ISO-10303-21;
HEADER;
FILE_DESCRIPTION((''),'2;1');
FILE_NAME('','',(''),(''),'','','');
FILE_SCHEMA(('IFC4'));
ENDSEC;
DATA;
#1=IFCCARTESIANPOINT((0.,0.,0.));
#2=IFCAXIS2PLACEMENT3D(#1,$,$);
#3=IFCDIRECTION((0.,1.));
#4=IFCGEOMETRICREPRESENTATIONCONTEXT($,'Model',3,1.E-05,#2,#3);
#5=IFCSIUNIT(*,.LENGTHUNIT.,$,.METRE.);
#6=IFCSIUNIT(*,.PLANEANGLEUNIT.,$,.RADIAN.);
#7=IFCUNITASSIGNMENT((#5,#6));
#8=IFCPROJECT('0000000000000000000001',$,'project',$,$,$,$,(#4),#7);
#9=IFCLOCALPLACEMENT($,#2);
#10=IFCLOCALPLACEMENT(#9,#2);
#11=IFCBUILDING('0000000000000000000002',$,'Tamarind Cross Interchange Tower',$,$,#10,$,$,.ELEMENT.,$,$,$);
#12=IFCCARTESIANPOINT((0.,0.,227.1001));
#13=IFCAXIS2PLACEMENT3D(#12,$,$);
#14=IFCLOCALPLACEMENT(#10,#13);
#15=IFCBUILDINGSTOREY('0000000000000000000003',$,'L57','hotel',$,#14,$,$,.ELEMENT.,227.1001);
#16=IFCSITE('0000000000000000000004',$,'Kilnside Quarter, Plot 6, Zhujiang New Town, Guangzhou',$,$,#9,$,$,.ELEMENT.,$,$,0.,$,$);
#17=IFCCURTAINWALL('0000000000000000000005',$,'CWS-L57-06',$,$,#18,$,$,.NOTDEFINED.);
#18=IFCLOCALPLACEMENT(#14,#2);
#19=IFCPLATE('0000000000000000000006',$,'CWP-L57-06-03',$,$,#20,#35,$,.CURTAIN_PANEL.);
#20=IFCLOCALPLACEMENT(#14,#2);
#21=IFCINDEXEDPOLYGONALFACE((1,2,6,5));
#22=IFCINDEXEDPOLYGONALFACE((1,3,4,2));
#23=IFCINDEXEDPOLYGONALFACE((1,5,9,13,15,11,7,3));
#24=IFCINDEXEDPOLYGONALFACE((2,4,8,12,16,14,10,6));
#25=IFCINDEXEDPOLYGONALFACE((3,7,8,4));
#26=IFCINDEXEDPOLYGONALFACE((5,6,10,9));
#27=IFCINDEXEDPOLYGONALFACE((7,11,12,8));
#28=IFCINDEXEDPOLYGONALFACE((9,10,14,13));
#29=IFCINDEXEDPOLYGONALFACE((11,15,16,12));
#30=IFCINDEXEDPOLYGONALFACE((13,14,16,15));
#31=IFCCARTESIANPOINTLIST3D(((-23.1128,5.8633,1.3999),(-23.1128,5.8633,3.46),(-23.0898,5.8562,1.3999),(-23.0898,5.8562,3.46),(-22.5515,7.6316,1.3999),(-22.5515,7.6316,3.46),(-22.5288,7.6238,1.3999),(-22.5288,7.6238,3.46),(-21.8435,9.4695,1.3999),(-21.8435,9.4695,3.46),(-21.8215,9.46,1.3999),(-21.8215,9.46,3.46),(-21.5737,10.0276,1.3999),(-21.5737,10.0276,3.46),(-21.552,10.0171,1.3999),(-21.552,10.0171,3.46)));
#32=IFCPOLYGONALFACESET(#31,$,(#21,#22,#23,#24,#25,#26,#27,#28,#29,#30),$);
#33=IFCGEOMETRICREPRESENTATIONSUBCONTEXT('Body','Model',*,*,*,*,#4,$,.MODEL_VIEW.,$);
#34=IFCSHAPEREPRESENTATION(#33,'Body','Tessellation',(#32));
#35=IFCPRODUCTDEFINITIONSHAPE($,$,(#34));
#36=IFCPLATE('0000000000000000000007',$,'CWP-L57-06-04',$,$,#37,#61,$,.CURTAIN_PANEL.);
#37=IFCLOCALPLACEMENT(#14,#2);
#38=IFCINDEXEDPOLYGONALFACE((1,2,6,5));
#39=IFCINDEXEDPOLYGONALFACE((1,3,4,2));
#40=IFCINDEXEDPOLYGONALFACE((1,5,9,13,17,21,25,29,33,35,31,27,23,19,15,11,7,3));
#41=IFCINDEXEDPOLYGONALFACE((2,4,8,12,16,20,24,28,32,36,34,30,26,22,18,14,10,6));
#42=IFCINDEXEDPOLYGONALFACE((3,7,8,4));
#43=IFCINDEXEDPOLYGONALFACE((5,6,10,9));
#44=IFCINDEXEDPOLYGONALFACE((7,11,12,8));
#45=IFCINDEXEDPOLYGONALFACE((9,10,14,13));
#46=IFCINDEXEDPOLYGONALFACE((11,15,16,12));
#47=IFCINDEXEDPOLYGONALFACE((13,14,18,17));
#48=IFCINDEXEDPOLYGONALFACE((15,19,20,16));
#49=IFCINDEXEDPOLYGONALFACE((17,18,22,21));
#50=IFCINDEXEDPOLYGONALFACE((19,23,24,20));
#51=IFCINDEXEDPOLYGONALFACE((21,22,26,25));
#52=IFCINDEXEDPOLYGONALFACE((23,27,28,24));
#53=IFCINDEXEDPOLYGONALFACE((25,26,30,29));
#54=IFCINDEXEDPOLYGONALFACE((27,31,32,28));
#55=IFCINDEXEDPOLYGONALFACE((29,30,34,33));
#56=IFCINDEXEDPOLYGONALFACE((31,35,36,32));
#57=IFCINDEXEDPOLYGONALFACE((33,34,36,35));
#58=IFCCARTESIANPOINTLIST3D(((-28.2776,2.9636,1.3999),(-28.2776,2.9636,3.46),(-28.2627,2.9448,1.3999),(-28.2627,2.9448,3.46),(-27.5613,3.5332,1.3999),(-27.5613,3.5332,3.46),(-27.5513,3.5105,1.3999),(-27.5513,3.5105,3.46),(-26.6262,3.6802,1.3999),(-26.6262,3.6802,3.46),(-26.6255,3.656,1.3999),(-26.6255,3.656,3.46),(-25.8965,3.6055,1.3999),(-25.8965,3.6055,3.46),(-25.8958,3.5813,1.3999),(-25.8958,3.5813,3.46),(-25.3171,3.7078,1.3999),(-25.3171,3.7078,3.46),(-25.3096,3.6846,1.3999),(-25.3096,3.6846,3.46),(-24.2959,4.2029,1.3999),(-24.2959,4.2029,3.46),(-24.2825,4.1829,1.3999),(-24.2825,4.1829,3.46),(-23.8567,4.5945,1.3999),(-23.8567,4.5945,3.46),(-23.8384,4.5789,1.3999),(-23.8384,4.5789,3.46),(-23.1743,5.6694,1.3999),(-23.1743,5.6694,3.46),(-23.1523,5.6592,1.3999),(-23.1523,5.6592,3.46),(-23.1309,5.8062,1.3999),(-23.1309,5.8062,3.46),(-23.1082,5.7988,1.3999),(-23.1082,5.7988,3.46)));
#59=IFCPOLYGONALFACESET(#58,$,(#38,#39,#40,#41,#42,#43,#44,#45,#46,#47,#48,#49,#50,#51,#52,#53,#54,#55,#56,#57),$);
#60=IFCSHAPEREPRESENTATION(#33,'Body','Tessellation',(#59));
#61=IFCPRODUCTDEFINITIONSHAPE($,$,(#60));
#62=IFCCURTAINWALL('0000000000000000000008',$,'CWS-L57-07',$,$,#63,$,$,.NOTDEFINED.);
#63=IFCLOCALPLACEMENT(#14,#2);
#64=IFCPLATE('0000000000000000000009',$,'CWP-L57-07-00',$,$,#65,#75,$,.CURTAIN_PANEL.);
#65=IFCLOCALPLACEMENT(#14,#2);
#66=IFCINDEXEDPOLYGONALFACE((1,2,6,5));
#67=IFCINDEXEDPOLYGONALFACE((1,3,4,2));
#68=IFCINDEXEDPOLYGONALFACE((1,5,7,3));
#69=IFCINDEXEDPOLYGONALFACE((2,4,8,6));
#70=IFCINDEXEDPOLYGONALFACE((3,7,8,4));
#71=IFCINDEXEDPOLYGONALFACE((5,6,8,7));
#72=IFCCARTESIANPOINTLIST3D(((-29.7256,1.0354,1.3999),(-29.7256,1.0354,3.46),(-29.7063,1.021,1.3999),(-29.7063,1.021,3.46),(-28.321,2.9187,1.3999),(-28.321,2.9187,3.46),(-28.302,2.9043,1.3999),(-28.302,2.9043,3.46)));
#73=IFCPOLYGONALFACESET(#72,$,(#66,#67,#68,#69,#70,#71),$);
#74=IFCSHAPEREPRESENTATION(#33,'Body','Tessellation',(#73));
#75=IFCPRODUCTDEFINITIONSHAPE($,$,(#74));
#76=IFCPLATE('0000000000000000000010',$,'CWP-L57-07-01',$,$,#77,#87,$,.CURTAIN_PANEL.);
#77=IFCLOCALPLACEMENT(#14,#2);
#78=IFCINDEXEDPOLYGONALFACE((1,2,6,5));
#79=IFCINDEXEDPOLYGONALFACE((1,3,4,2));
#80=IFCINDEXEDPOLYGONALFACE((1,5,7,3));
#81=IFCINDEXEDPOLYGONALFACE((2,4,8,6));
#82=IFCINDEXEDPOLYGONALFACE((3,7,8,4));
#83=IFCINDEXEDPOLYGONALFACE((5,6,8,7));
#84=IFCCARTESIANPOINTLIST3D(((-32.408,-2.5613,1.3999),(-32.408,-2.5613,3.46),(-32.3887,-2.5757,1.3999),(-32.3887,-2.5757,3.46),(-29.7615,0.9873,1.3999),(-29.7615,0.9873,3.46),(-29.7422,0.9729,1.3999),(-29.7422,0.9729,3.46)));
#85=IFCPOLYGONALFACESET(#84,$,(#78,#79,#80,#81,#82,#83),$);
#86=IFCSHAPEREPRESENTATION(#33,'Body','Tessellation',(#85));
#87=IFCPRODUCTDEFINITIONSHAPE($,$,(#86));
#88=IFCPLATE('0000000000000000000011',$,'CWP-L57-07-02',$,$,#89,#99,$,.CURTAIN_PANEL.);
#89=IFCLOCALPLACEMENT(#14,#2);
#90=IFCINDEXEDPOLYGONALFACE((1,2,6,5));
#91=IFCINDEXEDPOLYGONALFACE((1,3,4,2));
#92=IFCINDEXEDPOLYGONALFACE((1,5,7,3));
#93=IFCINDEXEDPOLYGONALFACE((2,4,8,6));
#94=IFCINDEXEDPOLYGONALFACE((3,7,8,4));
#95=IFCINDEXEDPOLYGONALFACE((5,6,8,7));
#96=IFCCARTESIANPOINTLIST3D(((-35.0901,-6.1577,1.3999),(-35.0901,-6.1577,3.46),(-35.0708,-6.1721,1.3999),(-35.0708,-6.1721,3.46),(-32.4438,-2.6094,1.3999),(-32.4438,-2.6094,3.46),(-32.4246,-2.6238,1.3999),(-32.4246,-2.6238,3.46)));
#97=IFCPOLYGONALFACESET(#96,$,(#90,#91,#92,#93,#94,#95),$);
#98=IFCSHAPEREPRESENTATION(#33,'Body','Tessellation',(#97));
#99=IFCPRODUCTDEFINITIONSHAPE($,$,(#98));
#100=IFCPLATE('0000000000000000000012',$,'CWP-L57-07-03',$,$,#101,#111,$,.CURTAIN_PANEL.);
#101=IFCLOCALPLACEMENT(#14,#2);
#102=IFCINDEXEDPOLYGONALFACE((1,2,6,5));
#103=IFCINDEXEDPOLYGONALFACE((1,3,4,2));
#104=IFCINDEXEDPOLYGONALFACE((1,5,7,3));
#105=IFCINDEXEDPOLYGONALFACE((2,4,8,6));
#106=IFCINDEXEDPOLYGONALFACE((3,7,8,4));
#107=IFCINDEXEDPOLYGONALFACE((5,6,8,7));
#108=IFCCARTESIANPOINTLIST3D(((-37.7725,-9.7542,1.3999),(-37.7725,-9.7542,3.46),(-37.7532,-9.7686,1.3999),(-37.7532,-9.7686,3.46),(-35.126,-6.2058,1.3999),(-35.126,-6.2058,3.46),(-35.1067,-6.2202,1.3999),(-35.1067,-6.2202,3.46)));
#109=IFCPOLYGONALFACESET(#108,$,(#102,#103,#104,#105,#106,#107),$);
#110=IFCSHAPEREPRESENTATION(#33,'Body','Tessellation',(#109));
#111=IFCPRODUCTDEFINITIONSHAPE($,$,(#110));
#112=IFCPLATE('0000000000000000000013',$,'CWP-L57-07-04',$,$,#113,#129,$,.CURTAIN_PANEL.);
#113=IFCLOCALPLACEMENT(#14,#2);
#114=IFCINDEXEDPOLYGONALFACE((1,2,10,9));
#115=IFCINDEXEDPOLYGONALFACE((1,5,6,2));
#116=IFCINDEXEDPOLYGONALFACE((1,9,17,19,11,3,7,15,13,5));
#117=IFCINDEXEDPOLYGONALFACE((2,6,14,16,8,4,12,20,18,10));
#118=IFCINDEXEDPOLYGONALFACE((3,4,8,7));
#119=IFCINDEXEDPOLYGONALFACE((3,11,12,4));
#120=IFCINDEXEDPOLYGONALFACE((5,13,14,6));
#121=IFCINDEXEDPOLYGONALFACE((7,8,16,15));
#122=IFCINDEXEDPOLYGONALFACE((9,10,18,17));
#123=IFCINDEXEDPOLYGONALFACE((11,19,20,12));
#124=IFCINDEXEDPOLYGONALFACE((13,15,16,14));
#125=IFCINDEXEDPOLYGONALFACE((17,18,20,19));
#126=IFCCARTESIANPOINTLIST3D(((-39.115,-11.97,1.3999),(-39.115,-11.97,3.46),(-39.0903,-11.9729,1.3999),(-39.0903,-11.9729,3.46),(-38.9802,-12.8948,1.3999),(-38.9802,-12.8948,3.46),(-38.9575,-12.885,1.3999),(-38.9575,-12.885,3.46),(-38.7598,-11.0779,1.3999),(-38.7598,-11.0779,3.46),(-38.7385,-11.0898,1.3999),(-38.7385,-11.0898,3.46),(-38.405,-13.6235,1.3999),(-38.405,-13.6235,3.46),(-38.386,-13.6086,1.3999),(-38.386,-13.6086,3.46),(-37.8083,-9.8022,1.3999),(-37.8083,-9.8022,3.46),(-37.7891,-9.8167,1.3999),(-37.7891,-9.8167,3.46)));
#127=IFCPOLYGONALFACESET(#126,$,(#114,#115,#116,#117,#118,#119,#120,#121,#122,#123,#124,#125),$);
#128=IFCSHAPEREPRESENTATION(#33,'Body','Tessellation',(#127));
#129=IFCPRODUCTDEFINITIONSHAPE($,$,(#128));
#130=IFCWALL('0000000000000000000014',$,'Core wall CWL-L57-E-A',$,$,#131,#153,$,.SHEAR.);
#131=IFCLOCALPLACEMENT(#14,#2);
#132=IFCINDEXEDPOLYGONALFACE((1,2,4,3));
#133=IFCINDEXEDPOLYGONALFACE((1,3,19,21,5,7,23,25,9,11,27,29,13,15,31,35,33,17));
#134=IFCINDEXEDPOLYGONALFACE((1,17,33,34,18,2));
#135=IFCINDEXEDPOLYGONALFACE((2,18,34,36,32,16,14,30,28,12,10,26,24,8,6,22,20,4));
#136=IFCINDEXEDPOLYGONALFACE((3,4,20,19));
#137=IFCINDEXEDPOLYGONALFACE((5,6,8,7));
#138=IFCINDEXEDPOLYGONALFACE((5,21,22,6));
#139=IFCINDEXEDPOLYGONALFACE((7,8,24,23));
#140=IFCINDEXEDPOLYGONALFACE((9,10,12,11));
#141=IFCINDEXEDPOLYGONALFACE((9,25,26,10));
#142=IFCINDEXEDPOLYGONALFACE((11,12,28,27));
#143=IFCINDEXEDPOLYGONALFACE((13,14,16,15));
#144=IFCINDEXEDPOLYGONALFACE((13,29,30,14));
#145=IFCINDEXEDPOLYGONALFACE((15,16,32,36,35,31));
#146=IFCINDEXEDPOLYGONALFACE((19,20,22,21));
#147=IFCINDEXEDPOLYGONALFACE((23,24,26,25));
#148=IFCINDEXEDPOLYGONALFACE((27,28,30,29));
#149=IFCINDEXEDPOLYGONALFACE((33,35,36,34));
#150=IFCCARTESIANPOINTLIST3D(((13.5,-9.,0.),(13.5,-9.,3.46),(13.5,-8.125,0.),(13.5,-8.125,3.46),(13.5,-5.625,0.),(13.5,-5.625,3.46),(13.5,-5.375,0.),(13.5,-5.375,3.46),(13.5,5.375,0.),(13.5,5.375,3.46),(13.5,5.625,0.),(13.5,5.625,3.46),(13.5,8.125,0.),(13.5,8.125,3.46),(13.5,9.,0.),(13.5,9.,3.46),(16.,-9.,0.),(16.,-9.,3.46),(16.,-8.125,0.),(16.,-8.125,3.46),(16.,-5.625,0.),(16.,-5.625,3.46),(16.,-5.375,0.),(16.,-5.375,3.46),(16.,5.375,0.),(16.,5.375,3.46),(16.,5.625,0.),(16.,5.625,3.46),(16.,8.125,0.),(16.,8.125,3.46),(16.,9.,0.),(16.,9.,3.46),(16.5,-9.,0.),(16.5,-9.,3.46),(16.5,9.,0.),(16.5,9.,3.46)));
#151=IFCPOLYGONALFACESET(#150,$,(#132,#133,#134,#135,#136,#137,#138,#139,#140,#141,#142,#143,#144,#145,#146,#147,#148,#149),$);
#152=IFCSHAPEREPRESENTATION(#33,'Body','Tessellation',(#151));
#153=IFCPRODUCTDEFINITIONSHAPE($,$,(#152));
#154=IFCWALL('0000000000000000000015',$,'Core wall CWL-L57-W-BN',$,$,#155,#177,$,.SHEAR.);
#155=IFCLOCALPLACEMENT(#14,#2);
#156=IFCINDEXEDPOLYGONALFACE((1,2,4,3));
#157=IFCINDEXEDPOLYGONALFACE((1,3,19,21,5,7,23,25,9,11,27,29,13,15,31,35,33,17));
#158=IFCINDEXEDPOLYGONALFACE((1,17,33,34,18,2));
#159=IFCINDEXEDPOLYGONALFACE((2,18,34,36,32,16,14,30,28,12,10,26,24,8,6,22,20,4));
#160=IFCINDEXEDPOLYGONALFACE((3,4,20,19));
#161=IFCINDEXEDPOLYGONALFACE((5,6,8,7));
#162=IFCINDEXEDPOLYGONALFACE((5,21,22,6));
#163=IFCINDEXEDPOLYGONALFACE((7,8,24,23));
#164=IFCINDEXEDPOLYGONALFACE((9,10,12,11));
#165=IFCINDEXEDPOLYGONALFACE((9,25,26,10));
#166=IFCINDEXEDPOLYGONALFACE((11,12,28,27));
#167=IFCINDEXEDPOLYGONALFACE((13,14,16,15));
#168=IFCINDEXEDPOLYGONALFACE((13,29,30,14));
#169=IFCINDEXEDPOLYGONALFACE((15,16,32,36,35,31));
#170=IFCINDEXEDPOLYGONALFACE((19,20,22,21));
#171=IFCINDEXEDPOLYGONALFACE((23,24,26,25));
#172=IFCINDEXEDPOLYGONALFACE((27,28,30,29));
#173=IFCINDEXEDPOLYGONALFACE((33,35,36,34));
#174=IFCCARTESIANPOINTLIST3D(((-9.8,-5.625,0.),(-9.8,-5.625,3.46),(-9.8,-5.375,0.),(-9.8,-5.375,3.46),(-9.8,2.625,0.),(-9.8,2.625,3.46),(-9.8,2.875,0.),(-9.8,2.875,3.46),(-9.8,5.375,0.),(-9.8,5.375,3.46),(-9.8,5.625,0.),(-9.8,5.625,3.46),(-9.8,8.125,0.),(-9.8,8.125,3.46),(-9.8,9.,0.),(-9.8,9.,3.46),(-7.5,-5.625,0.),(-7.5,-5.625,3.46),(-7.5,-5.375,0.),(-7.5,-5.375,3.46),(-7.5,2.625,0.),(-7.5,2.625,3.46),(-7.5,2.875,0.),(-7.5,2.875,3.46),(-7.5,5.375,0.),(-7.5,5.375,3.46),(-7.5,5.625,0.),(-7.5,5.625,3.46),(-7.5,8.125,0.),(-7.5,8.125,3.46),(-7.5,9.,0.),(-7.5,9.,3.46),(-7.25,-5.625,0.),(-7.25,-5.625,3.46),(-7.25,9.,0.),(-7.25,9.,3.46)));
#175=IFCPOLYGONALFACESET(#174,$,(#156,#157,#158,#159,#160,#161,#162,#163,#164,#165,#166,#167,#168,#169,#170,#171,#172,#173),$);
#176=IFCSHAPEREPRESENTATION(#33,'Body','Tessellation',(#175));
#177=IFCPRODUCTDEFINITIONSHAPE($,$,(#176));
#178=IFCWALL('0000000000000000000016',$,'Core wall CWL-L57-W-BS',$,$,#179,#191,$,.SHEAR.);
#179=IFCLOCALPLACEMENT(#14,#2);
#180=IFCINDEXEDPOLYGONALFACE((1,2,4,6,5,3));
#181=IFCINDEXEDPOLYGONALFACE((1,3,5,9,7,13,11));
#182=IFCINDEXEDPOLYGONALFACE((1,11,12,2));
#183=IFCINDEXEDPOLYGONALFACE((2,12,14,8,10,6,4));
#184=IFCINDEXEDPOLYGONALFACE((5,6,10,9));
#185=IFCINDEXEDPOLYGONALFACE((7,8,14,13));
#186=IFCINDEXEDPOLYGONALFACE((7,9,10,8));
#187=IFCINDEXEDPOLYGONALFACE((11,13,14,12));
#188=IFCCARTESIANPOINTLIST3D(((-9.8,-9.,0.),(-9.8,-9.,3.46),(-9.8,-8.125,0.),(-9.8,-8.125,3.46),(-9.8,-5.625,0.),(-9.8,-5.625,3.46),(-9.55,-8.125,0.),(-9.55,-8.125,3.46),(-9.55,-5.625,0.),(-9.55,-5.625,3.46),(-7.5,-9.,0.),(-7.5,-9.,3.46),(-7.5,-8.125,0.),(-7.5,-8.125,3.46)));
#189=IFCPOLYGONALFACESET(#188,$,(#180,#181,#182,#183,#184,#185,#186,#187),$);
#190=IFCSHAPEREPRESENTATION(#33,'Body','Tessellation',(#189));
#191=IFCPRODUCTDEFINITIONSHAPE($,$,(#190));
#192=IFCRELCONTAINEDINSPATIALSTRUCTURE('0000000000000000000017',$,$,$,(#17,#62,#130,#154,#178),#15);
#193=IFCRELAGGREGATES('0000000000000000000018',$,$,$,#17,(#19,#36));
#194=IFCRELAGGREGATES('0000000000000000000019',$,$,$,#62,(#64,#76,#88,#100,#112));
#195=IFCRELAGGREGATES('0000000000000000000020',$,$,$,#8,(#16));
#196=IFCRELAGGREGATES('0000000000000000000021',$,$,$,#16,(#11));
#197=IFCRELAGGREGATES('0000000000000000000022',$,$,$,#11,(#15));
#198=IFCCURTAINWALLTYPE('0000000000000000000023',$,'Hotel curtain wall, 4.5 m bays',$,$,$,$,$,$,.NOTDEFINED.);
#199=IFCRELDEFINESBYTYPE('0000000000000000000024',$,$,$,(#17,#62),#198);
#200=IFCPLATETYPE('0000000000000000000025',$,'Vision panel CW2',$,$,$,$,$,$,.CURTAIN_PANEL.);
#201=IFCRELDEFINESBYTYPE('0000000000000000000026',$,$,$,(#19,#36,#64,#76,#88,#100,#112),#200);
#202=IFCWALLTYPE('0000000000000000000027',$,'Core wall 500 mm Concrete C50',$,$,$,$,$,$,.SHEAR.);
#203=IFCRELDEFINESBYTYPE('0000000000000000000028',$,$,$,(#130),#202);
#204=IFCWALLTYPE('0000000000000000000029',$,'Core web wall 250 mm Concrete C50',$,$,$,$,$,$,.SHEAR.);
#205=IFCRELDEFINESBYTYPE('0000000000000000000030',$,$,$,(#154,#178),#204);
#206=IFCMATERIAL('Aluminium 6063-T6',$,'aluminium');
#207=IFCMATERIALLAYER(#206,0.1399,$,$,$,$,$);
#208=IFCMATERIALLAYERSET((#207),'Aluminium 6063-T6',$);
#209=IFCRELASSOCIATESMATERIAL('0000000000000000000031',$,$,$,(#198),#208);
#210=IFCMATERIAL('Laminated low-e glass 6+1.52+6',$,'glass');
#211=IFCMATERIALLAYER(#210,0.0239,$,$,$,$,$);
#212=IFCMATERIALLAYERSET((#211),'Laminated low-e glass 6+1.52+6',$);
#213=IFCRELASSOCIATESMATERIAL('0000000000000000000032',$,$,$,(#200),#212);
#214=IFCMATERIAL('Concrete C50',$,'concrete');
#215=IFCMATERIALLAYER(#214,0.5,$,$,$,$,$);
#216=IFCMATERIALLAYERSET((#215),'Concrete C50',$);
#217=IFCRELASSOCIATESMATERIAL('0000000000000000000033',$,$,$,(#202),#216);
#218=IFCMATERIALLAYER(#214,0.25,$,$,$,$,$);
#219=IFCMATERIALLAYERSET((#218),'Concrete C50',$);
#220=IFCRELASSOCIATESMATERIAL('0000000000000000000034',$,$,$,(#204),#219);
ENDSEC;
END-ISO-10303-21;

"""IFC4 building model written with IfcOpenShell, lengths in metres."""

from ifc_helpers import new_model, si_unit, direction, frame, origin, place, context, subcontext, project, spatial, polyline, outline, extrude, material, layer, layer_set, type_object, element, aggregate, save


model = new_model("IFC4")

# Units and contexts
model_context = context("Model", 3, precision=1e-05, world=origin(), true_north=direction((0.0, 1.0)))
body_context = subcontext(model_context, "Body", "Model", "MODEL_VIEW")
ifc_project = project(units=[si_unit("LENGTHUNIT", "METRE"), si_unit("PLANEANGLEUNIT", "RADIAN")], contexts=[model_context])

# Site, building, storey
site_placement = place(None, origin())
site = spatial("IfcSite", under=ifc_project, at=site_placement, Name="Kilnside Quarter, Plot 6, Zhujiang New Town, Guangzhou", CompositionType="ELEMENT", RefElevation=0.0)
building_placement = place(site_placement, origin())
building = spatial("IfcBuilding", under=site, at=building_placement, Name="Tamarind Cross Interchange Tower", CompositionType="ELEMENT")
storey_placement = place(building_placement, frame((0.0, 0.0, 227.1001)))
storey = spatial("IfcBuildingStorey", under=building, at=storey_placement, Name="L57", Description="hotel", CompositionType="ELEMENT", Elevation=227.1001)

# Curtain walls, plates
ifc_material_1 = material(Name="Aluminium 6063-T6", Category="aluminium")
ifc_layer_1 = layer(ifc_material_1, 0.1399)
ifc_layer_set_1 = layer_set([ifc_layer_1], Name="Aluminium 6063-T6")
curtain_wall_type = type_object("IfcCurtainWallType", Name="Hotel curtain wall, 4.5 m bays", PredefinedType="NOTDEFINED", material=ifc_layer_set_1)
ifc_material_2 = material(Name="Laminated low-e glass 6+1.52+6", Category="glass")
ifc_layer_2 = layer(ifc_material_2, 0.0239)
ifc_layer_set_2 = layer_set([ifc_layer_2], Name="Laminated low-e glass 6+1.52+6")
plate_type = type_object("IfcPlateType", Name="Vision panel CW2", PredefinedType="CURTAIN_PANEL", material=ifc_layer_set_2)
curtain_wall_1_placement = place(storey_placement, origin())
curtain_wall_1 = element("IfcCurtainWall", 1, at=curtain_wall_1_placement, inside=storey, type_object=curtain_wall_type, Name="CWS-L57-06", PredefinedType="NOTDEFINED")
plate_1_placement = place(storey_placement, frame((0.0, 0.0, 1.3999)))
plate_1 = element("IfcPlate", 2, at=plate_1_placement, type_object=plate_type, Name="CWP-L57-06-03", PredefinedType="CURTAIN_PANEL", context=body_context, shape_type="SweptSolid", body=[
    extrude(outline(polyline([(-21.552, 10.0171), (-21.8215, 9.46), (-22.5288, 7.6238), (-23.0898, 5.8562), (-23.1128, 5.8633), (-22.5515, 7.6316), (-21.8435, 9.4695), (-21.5737, 10.0276), (-21.552, 10.0171)])), origin(), (0.0, 0.0, 1.0), 2.0601),
])
plate_2_placement = place(storey_placement, frame((0.0, 0.0, 1.3999)))
plate_2 = element("IfcPlate", 3, at=plate_2_placement, type_object=plate_type, Name="CWP-L57-06-04", PredefinedType="CURTAIN_PANEL", context=body_context, shape_type="SweptSolid", body=[
    extrude(outline(polyline([(-23.1082, 5.7988), (-23.1523, 5.6592), (-23.8384, 4.5789), (-24.2825, 4.1829), (-25.3096, 3.6846), (-25.8958, 3.5813), (-26.6255, 3.656), (-27.5513, 3.5105), (-28.2627, 2.9448), (-28.2776, 2.9636), (-27.5613, 3.5332), (-26.6262, 3.6802), (-25.8965, 3.6055), (-25.3171, 3.7078), (-24.2959, 4.2029), (-23.8567, 4.5945), (-23.1743, 5.6694), (-23.1309, 5.8062), (-23.1082, 5.7988)])), origin(), (0.0, 0.0, 1.0), 2.0601),
])
aggregate(curtain_wall_1, [plate_1, plate_2])
curtain_wall_2_placement = place(storey_placement, origin())
curtain_wall_2 = element("IfcCurtainWall", 4, at=curtain_wall_2_placement, inside=storey, type_object=curtain_wall_type, Name="CWS-L57-07", PredefinedType="NOTDEFINED")
plate_3_placement = place(storey_placement, frame((0.0, 0.0, 1.3999)))
plate_3 = element("IfcPlate", 5, at=plate_3_placement, type_object=plate_type, Name="CWP-L57-07-00", PredefinedType="CURTAIN_PANEL", context=body_context, shape_type="SweptSolid", body=[
    extrude(outline(polyline([(-28.302, 2.9043), (-29.7063, 1.021), (-29.7256, 1.0354), (-28.321, 2.9187), (-28.302, 2.9043)])), origin(), (0.0, 0.0, 1.0), 2.0601),
])
plate_4_placement = place(storey_placement, frame((0.0, 0.0, 1.3999)))
plate_4 = element("IfcPlate", 6, at=plate_4_placement, type_object=plate_type, Name="CWP-L57-07-01", PredefinedType="CURTAIN_PANEL", context=body_context, shape_type="SweptSolid", body=[
    extrude(outline(polyline([(-29.7422, 0.9729), (-32.3887, -2.5757), (-32.408, -2.5613), (-29.7615, 0.9873), (-29.7422, 0.9729)])), origin(), (0.0, 0.0, 1.0), 2.0601),
])
plate_5_placement = place(storey_placement, frame((0.0, 0.0, 1.3999)))
plate_5 = element("IfcPlate", 7, at=plate_5_placement, type_object=plate_type, Name="CWP-L57-07-02", PredefinedType="CURTAIN_PANEL", context=body_context, shape_type="SweptSolid", body=[
    extrude(outline(polyline([(-32.4246, -2.6238), (-35.0708, -6.1721), (-35.0901, -6.1577), (-32.4438, -2.6094), (-32.4246, -2.6238)])), origin(), (0.0, 0.0, 1.0), 2.0601),
])
plate_6_placement = place(storey_placement, frame((0.0, 0.0, 1.3999)))
plate_6 = element("IfcPlate", 8, at=plate_6_placement, type_object=plate_type, Name="CWP-L57-07-03", PredefinedType="CURTAIN_PANEL", context=body_context, shape_type="SweptSolid", body=[
    extrude(outline(polyline([(-35.1067, -6.2202), (-37.7532, -9.7686), (-37.7725, -9.7542), (-35.126, -6.2058), (-35.1067, -6.2202)])), origin(), (0.0, 0.0, 1.0), 2.0601),
])
plate_7_placement = place(storey_placement, frame((0.0, 0.0, 1.3999)))
plate_7 = element("IfcPlate", 9, at=plate_7_placement, type_object=plate_type, Name="CWP-L57-07-04", PredefinedType="CURTAIN_PANEL", context=body_context, shape_type="SweptSolid", body=[
    extrude(outline(polyline([(-37.7891, -9.8167), (-38.7385, -11.0898), (-39.0903, -11.9729), (-38.9575, -12.885), (-38.386, -13.6086), (-38.405, -13.6235), (-38.9802, -12.8948), (-39.115, -11.97), (-38.7598, -11.0779), (-37.8083, -9.8022), (-37.7891, -9.8167)])), origin(), (0.0, 0.0, 1.0), 2.0601),
])
aggregate(curtain_wall_2, [plate_3, plate_4, plate_5, plate_6, plate_7])

# Walls
ifc_material_3 = material(Name="Concrete C50", Category="concrete")
ifc_layer_3 = layer(ifc_material_3, 0.5)
ifc_layer_set_3 = layer_set([ifc_layer_3], Name="Concrete C50")
wall_type_1 = type_object("IfcWallType", Name="Core wall 500 mm Concrete C50", PredefinedType="SHEAR", material=ifc_layer_set_3)
wall_1_placement = place(storey_placement, origin())
element("IfcWall", 10, at=wall_1_placement, inside=storey, type_object=wall_type_1, Name="Core wall CWL-L57-E-A", PredefinedType="SHEAR", context=body_context, shape_type="SweptSolid", body=[
    extrude(outline(polyline([(13.5, -8.125), (13.5, -9.0), (16.0, -9.0), (16.5, -9.0), (16.5, 9.0), (16.0, 9.0), (13.5, 9.0), (13.5, 8.125), (16.0, 8.125), (16.0, 5.625), (13.5, 5.625), (13.5, 5.375), (16.0, 5.375), (16.0, -5.375), (13.5, -5.375), (13.5, -5.625), (16.0, -5.625), (16.0, -8.125), (13.5, -8.125)])), origin(), (0.0, 0.0, 1.0), 3.46),
])
ifc_layer_4 = layer(ifc_material_3, 0.25)
ifc_layer_set_4 = layer_set([ifc_layer_4], Name="Concrete C50")
wall_type_2 = type_object("IfcWallType", Name="Core web wall 250 mm Concrete C50", PredefinedType="SHEAR", material=ifc_layer_set_4)
wall_2_placement = place(storey_placement, origin())
element("IfcWall", 11, at=wall_2_placement, inside=storey, type_object=wall_type_2, Name="Core wall CWL-L57-W-BN", PredefinedType="SHEAR", context=body_context, shape_type="SweptSolid", body=[
    extrude(outline(polyline([(-9.8, -5.375), (-9.8, -5.625), (-7.5, -5.625), (-7.25, -5.625), (-7.25, 9.0), (-7.5, 9.0), (-9.8, 9.0), (-9.8, 8.125), (-7.5, 8.125), (-7.5, 5.625), (-9.8, 5.625), (-9.8, 5.375), (-7.5, 5.375), (-7.5, 2.875), (-9.8, 2.875), (-9.8, 2.625), (-7.5, 2.625), (-7.5, -5.375), (-9.8, -5.375)])), origin(), (0.0, 0.0, 1.0), 3.46),
])
wall_3_placement = place(storey_placement, origin())
element("IfcWall", 12, at=wall_3_placement, inside=storey, type_object=wall_type_2, Name="Core wall CWL-L57-W-BS", PredefinedType="SHEAR", context=body_context, shape_type="SweptSolid", body=[
    extrude(outline(polyline([(-7.5, -8.125), (-9.55, -8.125), (-9.55, -5.625), (-9.8, -5.625), (-9.8, -8.125), (-9.8, -9.0), (-7.5, -9.0), (-7.5, -8.125)])), origin(), (0.0, 0.0, 1.0), 3.46),
])

save(model, "model.ifc")
